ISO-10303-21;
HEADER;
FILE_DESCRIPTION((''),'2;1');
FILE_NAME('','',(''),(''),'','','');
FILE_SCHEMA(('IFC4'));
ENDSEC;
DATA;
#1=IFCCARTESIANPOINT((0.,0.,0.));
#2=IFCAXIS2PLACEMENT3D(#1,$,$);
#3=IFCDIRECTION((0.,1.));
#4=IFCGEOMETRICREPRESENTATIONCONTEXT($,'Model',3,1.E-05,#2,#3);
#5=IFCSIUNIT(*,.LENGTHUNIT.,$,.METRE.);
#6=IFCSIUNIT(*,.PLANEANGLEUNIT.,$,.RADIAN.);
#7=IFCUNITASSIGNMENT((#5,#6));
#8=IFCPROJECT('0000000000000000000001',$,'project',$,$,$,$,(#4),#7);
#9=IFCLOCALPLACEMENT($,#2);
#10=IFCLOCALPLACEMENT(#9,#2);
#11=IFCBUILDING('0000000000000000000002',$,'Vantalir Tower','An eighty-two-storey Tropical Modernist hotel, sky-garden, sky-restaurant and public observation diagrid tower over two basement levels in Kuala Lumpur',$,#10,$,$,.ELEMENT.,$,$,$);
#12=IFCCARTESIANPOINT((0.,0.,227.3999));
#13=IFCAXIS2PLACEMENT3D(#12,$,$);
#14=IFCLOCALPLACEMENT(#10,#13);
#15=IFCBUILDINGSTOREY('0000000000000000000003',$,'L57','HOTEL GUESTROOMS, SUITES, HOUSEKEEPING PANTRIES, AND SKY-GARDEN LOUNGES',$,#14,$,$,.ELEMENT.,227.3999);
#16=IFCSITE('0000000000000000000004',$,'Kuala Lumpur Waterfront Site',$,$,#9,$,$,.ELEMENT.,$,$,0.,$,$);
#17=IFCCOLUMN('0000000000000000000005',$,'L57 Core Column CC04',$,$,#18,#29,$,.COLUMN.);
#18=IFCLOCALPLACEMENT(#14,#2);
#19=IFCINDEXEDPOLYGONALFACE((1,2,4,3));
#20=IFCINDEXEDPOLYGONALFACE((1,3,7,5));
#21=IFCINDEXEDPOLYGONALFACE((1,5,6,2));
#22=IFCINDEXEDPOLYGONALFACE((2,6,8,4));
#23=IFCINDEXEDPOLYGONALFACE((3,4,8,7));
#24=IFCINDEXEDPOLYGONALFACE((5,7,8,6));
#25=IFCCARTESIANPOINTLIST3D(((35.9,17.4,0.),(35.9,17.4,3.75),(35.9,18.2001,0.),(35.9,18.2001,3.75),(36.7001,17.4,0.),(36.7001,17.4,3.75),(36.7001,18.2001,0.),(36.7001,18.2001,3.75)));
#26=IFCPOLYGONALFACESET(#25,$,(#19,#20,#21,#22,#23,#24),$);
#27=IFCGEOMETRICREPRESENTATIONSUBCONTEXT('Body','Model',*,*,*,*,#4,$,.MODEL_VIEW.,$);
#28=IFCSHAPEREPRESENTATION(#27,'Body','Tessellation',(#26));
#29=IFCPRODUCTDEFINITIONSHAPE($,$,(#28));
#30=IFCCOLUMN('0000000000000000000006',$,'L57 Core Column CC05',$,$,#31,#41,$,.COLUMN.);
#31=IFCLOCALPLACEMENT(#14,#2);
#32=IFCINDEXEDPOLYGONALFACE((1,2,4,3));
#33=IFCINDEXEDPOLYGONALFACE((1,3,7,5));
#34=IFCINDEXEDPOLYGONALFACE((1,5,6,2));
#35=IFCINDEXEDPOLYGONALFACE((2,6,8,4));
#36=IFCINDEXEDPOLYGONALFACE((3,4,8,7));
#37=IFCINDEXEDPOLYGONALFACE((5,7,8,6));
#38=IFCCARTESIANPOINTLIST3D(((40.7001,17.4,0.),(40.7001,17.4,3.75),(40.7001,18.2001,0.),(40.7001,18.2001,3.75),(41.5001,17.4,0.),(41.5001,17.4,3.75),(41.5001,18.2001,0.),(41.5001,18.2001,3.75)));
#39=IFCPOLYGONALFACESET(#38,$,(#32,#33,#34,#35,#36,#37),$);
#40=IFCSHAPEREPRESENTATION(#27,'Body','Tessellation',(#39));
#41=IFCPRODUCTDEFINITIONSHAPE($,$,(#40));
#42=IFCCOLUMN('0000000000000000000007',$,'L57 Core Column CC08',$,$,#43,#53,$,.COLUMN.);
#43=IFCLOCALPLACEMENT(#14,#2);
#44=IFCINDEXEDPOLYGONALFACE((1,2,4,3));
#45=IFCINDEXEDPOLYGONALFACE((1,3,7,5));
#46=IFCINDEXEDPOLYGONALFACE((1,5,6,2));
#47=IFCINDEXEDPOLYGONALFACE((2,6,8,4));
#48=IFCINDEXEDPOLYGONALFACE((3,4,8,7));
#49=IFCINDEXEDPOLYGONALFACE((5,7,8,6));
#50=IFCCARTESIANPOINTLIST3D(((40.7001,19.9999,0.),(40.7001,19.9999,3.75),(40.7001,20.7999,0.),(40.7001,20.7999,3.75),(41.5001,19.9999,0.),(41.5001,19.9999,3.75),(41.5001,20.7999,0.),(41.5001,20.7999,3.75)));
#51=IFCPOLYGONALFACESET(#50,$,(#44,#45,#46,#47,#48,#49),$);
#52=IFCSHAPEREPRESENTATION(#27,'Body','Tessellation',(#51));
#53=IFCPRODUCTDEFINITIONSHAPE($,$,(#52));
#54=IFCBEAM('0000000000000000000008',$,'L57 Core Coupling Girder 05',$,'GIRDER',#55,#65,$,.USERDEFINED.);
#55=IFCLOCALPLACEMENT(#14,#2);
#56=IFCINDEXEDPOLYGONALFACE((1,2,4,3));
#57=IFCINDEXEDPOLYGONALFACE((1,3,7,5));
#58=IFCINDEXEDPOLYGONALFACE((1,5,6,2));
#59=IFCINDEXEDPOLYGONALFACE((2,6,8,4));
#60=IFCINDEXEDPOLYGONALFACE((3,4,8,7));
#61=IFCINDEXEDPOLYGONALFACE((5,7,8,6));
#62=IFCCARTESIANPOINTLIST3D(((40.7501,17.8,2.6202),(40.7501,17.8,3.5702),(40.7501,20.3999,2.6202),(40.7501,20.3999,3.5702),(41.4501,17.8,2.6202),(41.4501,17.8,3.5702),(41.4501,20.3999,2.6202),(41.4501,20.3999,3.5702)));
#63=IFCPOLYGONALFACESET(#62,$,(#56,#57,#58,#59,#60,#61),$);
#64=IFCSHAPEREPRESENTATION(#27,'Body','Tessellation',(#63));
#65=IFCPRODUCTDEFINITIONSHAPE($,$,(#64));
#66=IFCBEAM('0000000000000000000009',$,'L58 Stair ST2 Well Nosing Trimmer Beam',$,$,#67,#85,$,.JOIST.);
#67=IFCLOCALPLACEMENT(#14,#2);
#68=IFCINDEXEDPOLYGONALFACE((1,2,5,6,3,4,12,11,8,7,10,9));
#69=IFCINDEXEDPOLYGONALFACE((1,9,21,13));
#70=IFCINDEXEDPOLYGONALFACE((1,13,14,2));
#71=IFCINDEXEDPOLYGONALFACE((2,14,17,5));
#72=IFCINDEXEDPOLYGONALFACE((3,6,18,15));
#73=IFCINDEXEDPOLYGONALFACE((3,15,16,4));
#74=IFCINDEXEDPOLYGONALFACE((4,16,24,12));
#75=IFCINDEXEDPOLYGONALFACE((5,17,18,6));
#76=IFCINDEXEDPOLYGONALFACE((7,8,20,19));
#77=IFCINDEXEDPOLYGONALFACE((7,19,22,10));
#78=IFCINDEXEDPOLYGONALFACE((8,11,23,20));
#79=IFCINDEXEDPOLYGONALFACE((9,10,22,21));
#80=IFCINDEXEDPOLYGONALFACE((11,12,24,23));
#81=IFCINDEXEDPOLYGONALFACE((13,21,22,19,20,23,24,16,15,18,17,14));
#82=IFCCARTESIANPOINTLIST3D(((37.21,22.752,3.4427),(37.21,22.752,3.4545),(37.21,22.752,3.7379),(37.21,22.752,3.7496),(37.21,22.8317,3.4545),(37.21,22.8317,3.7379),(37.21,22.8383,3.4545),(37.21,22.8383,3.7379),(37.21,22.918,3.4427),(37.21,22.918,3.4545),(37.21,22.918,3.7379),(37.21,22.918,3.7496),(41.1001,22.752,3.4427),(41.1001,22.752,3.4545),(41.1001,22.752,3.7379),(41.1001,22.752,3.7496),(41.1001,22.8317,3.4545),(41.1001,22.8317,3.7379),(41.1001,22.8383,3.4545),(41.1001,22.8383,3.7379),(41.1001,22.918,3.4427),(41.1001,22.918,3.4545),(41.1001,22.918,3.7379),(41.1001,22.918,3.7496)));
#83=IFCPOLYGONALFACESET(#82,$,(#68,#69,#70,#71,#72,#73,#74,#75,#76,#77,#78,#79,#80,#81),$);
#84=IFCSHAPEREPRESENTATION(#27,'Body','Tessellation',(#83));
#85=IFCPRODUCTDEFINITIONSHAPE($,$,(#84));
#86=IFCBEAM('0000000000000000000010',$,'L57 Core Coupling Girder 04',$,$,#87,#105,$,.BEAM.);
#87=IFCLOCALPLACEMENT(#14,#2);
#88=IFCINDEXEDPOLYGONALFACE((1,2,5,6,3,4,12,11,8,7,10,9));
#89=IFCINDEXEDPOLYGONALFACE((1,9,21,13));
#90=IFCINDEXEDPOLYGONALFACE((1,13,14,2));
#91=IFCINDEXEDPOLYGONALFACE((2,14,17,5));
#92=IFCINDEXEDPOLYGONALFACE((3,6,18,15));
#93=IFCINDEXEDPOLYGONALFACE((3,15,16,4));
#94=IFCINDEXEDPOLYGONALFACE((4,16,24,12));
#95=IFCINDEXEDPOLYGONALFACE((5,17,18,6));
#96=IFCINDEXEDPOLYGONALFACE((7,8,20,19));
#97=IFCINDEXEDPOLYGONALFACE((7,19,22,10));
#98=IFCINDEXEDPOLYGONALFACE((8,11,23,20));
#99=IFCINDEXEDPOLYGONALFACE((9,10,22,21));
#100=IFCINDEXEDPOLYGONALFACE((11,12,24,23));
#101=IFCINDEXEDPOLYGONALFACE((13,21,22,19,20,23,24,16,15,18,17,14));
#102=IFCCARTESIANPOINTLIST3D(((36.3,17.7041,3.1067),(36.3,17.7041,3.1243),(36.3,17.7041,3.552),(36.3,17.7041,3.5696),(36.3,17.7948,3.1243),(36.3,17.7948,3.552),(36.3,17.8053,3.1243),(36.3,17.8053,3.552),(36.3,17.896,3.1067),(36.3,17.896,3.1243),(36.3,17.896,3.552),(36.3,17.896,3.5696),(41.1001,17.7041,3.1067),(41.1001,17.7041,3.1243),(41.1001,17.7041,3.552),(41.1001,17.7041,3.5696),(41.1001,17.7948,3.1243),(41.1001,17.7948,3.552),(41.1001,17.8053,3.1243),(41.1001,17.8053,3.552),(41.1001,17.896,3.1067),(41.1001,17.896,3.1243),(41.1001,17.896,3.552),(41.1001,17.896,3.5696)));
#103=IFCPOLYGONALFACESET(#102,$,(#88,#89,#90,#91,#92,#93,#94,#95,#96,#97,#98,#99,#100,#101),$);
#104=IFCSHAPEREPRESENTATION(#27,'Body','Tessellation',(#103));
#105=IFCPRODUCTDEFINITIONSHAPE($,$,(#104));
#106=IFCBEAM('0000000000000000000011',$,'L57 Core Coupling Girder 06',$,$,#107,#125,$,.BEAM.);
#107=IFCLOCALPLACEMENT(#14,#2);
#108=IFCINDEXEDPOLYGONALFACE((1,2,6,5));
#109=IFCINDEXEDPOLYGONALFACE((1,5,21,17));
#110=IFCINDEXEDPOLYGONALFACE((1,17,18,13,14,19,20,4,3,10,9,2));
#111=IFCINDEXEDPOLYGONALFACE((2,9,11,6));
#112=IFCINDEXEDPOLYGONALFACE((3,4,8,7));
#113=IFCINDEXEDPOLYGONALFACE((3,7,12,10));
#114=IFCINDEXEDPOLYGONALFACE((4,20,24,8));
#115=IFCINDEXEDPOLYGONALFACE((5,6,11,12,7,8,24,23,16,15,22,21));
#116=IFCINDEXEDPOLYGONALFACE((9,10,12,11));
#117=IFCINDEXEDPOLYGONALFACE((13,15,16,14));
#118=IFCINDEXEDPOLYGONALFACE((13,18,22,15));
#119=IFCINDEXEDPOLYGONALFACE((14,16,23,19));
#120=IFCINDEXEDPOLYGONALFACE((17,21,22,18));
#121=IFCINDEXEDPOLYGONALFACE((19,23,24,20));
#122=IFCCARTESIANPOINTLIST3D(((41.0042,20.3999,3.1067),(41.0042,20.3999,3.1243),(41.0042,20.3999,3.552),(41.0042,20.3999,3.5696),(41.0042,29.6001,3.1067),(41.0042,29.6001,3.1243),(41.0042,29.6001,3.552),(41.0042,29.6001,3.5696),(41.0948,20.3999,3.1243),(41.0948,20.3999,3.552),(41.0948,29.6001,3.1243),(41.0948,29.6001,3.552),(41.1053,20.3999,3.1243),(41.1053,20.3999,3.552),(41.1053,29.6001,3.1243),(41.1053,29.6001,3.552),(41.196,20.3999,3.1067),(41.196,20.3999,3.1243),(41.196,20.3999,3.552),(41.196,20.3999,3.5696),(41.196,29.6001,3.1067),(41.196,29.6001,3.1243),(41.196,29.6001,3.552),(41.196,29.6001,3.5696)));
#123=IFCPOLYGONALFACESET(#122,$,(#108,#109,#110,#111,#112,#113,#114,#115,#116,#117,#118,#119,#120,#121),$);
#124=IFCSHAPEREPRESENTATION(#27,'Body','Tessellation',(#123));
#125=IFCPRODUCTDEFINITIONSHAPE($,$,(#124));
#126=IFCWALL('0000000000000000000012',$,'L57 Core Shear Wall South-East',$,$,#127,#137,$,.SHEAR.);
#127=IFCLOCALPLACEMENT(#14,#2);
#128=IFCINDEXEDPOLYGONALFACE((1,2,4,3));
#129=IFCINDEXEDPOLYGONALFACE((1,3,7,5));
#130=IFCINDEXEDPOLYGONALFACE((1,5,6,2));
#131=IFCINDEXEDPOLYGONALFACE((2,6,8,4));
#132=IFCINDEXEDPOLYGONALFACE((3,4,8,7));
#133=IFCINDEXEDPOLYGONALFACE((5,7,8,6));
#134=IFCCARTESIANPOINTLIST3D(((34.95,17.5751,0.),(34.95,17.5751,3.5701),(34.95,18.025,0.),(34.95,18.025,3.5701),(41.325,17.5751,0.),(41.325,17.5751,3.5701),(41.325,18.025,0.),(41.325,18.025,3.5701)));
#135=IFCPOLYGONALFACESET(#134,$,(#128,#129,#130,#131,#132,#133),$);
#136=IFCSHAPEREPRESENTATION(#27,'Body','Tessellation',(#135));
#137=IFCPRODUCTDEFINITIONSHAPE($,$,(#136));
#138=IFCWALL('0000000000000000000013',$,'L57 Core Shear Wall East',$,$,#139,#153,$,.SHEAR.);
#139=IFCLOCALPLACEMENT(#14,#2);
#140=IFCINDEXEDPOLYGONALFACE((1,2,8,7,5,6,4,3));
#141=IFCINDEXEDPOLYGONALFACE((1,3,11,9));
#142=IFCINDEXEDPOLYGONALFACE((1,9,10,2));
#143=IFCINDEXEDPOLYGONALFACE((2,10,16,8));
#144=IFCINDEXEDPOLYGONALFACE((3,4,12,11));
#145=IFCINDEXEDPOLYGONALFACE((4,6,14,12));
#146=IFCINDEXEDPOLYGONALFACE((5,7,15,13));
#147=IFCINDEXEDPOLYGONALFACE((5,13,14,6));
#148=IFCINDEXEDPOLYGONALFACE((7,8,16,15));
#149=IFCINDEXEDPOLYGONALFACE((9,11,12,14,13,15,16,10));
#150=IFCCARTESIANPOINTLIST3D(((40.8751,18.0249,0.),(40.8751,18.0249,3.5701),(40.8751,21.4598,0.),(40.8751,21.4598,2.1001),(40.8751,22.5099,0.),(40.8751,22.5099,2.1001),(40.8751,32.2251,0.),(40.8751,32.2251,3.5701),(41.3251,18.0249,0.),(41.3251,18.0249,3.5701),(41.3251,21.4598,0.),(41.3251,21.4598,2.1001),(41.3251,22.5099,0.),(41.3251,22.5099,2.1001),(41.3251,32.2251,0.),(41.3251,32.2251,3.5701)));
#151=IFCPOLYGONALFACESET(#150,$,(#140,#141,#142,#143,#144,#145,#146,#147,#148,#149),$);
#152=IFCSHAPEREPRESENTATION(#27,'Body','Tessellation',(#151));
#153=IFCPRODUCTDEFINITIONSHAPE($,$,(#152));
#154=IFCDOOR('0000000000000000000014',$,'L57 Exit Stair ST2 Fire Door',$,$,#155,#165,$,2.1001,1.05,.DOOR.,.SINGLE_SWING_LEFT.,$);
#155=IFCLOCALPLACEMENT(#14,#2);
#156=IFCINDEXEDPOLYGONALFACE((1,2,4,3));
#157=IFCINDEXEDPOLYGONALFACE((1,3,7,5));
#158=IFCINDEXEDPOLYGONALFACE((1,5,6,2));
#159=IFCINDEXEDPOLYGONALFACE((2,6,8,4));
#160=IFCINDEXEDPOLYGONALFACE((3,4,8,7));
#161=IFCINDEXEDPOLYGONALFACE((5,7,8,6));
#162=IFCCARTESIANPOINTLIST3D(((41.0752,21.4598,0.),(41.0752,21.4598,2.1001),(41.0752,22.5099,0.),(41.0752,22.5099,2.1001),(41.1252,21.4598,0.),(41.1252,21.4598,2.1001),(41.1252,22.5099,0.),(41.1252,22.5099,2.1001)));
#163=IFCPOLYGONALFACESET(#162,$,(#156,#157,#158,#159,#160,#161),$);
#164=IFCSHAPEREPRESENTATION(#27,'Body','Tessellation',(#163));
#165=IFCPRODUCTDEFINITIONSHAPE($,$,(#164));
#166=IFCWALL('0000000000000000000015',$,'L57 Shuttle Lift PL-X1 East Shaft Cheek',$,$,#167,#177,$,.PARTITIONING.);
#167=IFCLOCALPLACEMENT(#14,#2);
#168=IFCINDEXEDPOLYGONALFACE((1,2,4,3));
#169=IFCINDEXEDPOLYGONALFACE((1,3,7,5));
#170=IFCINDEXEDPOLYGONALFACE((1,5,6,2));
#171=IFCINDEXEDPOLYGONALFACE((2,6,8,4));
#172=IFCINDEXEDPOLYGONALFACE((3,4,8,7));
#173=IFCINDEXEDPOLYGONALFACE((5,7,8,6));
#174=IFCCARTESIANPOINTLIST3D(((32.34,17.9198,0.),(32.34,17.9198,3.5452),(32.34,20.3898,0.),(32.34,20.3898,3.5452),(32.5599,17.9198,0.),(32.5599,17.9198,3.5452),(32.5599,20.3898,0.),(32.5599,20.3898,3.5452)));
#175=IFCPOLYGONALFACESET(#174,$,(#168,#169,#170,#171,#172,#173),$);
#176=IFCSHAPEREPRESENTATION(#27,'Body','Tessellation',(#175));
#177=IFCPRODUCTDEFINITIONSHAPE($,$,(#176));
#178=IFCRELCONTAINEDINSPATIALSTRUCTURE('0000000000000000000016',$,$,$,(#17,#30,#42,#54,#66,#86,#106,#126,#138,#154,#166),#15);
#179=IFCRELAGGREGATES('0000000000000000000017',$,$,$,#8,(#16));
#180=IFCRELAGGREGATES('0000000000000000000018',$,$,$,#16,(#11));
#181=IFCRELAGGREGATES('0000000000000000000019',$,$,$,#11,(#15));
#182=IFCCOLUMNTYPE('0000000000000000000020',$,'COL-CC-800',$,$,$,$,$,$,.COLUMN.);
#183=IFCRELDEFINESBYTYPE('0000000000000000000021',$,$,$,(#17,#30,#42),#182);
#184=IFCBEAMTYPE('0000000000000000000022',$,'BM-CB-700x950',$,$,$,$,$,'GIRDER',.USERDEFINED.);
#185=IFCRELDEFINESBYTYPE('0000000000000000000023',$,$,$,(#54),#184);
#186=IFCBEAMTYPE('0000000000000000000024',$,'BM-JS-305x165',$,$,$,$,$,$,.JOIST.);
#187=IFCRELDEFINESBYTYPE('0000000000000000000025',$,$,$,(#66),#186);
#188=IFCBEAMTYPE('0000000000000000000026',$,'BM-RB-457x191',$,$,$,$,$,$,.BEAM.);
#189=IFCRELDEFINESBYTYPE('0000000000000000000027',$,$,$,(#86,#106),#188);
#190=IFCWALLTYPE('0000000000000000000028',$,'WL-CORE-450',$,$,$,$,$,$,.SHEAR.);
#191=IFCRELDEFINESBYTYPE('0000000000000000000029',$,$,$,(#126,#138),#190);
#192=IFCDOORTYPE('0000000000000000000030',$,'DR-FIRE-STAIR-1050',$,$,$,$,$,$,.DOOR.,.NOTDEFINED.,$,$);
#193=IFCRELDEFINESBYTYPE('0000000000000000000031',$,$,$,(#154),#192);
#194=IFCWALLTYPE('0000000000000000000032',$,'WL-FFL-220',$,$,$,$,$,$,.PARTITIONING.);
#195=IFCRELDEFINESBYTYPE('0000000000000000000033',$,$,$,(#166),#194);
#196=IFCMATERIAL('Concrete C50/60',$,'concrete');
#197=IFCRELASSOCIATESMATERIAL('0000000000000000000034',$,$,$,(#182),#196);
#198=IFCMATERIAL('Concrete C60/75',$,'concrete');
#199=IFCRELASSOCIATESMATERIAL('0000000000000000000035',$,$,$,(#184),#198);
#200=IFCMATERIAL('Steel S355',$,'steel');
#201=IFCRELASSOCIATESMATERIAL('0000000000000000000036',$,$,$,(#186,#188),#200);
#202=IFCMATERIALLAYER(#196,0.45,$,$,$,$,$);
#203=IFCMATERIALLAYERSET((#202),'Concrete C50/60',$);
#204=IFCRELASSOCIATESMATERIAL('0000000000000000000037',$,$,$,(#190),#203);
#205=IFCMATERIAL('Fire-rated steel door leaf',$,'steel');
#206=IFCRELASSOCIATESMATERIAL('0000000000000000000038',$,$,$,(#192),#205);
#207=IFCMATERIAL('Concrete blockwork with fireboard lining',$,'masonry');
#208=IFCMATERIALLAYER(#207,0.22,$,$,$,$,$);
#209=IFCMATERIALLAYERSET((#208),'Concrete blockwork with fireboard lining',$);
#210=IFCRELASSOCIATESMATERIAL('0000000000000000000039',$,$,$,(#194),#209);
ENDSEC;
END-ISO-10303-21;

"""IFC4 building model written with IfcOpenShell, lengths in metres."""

from ifc_helpers import new_model, si_unit, direction, frame, frame_2d, origin, origin_2d, place, context, subcontext, project, spatial, rectangle, i_section, extrude, material, layer, layer_set, material_profile, profile_set, type_object, element, fill, save


model = new_model("IFC4")

# Units and contexts
model_context = context("Model", 3, precision=1e-05, world=origin(), true_north=direction((0.0, 1.0)))
body_context = subcontext(model_context, "Body", "Model", "MODEL_VIEW")
ifc_project = project(units=[si_unit("LENGTHUNIT", "METRE"), si_unit("PLANEANGLEUNIT", "RADIAN")], contexts=[model_context])

# Site, building, storey
site_placement = place(None, origin())
site = spatial("IfcSite", under=ifc_project, at=site_placement, Name="Kuala Lumpur Waterfront Site", CompositionType="ELEMENT", RefElevation=0.0)
building_placement = place(site_placement, origin())
building = spatial("IfcBuilding", under=site, at=building_placement, Name="Vantalir Tower", Description="An eighty-two-storey Tropical Modernist hotel, sky-garden, sky-restaurant and public observation diagrid tower over two basement levels in Kuala Lumpur", CompositionType="ELEMENT")
storey_placement = place(building_placement, frame((0.0, 0.0, 227.3999)))
storey = spatial("IfcBuildingStorey", under=building, at=storey_placement, Name="L57", Description="HOTEL GUESTROOMS, SUITES, HOUSEKEEPING PANTRIES, AND SKY-GARDEN LOUNGES", CompositionType="ELEMENT", Elevation=227.3999)

# Columns
ifc_material_1 = material(Name="Concrete C50/60", Category="concrete")
ifc_material_profile_1 = material_profile(ifc_material_1, rectangle(XDim=0.8, YDim=0.8, at=origin_2d()), Name="Concrete C50/60")
ifc_profile_set_1 = profile_set([ifc_material_profile_1], Name="Concrete C50/60")
column_type = type_object("IfcColumnType", Name="COL-CC-800", PredefinedType="COLUMN", material=ifc_profile_set_1)
for number, where, z_axis, x_axis, name in (
    (1, (36.3, 17.8, 0.0), (0.0, 0.0, 1.0), (1.0, 0.0, 0.0), "L57 Core Column CC04"),
    (2, (41.1001, 17.8, 0.0), (0.0, 0.0, 1.0), (1.0, 0.0, 0.0), "L57 Core Column CC05"),
    (3, (41.1001, 20.3999, 0.0), (0.0, 0.0, 1.0), (1.0, 0.0, 0.0), "L57 Core Column CC08"),
):
    element("IfcColumn", number, at=place(storey_placement, frame(where, z_axis=z_axis, x_axis=x_axis)), inside=storey, type_object=column_type, Name=name, PredefinedType="COLUMN", context=body_context, shape_type="SweptSolid", body=[
        extrude(rectangle(XDim=0.8, YDim=0.8, at=origin_2d()), origin(), (0.0, 0.0, 1.0), 3.75),
    ])

# Beams
ifc_material_2 = material(Name="Concrete C60/75", Category="concrete")
ifc_material_profile_2 = material_profile(ifc_material_2, rectangle(XDim=0.7, YDim=0.95, at=origin_2d()), Name="Concrete C60/75")
ifc_profile_set_2 = profile_set([ifc_material_profile_2], Name="Concrete C60/75")
beam_type_1 = type_object("IfcBeamType", Name="BM-CB-700x950", ElementType="GIRDER", PredefinedType="USERDEFINED", material=ifc_profile_set_2)
beam_1_placement = place(storey_placement, frame((41.1001, 17.8, 3.0952), z_axis=(0.0, 1.0, 0.0), x_axis=(-1.0, 0.0, 0.0)))
element("IfcBeam", 4, at=beam_1_placement, inside=storey, type_object=beam_type_1, Name="L57 Core Coupling Girder 05", ObjectType="GIRDER", PredefinedType="USERDEFINED", context=body_context, shape_type="SweptSolid", body=[
    extrude(rectangle(XDim=0.7, YDim=0.95, at=origin_2d()), origin(), (0.0, 0.0, 1.0), 2.5999),
])
ifc_material_3 = material(Name="Steel S355", Category="steel")
ifc_material_profile_3 = material_profile(ifc_material_3, i_section(OverallWidth=0.166, OverallDepth=0.3069, WebThickness=0.0066, FlangeThickness=0.0117, at=origin_2d()), Name="Steel S355")
ifc_profile_set_3 = profile_set([ifc_material_profile_3], Name="Steel S355")
beam_type_2 = type_object("IfcBeamType", Name="BM-JS-305x165", PredefinedType="JOIST", material=ifc_profile_set_3)
beam_2_placement = place(storey_placement, frame((37.21, 22.835, 3.5962), z_axis=(1.0, 0.0, 0.0), x_axis=(0.0, 1.0, 0.0)))
element("IfcBeam", 5, at=beam_2_placement, inside=storey, type_object=beam_type_2, Name="L58 Stair ST2 Well Nosing Trimmer Beam", PredefinedType="JOIST", context=body_context, shape_type="SweptSolid", body=[
    extrude(i_section(OverallWidth=0.166, OverallDepth=0.3069, WebThickness=0.0066, FlangeThickness=0.0117, at=origin_2d()), origin(), (0.0, 0.0, 1.0), 3.8901),
])
ifc_material_profile_4 = material_profile(ifc_material_3, i_section(OverallWidth=0.1919, OverallDepth=0.4629, WebThickness=0.0105, FlangeThickness=0.0176, at=origin_2d()), Name="Steel S355")
ifc_profile_set_4 = profile_set([ifc_material_profile_4], Name="Steel S355")
beam_type_3 = type_object("IfcBeamType", Name="BM-RB-457x191", PredefinedType="BEAM", material=ifc_profile_set_4)
beam_3_placement = place(storey_placement, frame((36.3, 17.8, 3.3381), z_axis=(1.0, 0.0, 0.0), x_axis=(0.0, 1.0, 0.0)))
element("IfcBeam", 6, at=beam_3_placement, inside=storey, type_object=beam_type_3, Name="L57 Core Coupling Girder 04", PredefinedType="BEAM", context=body_context, shape_type="SweptSolid", body=[
    extrude(i_section(OverallWidth=0.1919, OverallDepth=0.4629, WebThickness=0.0105, FlangeThickness=0.0176, at=origin_2d()), origin(), (0.0, 0.0, 1.0), 4.8),
])
beam_4_placement = place(storey_placement, frame((41.1001, 20.3999, 3.3381), z_axis=(0.0, 1.0, 0.0), x_axis=(-1.0, 0.0, 0.0)))
element("IfcBeam", 7, at=beam_4_placement, inside=storey, type_object=beam_type_3, Name="L57 Core Coupling Girder 06", PredefinedType="BEAM", context=body_context, shape_type="SweptSolid", body=[
    extrude(i_section(OverallWidth=0.1919, OverallDepth=0.4629, WebThickness=0.0105, FlangeThickness=0.0176, at=origin_2d()), origin(), (0.0, 0.0, 1.0), 9.2002),
])

# Wall
ifc_layer_1 = layer(ifc_material_1, 0.45)
ifc_layer_set_1 = layer_set([ifc_layer_1], Name="Concrete C50/60")
wall_type_1 = type_object("IfcWallType", Name="WL-CORE-450", PredefinedType="SHEAR", material=ifc_layer_set_1)
wall_1_placement = place(storey_placement, frame((34.95, 17.8, 0.0), z_axis=(0.0, 0.0, 1.0), x_axis=(1.0, 0.0, 0.0)))
element("IfcWall", 8, at=wall_1_placement, inside=storey, type_object=wall_type_1, Name="L57 Core Shear Wall South-East", PredefinedType="SHEAR", context=body_context, shape_type="SweptSolid", body=[
    extrude(rectangle(XDim=6.375, YDim=0.45, at=frame_2d((3.1875, 0.0))), origin(), (0.0, 0.0, 1.0), 3.5701),
])

# Wall, opening, door
wall_2_placement = place(storey_placement, frame((41.1001, 18.0249, 0.0), z_axis=(0.0, 0.0, 1.0), x_axis=(0.0, 1.0, 0.0)))
wall_2 = element("IfcWall", 9, at=wall_2_placement, inside=storey, type_object=wall_type_1, Name="L57 Core Shear Wall East", PredefinedType="SHEAR", context=body_context, shape_type="SweptSolid", body=[
    extrude(rectangle(XDim=14.2002, YDim=0.45, at=frame_2d((7.1001, 0.0))), origin(), (0.0, 0.0, 1.0), 3.5701),
])
opening_placement = place(wall_2_placement, frame((3.4351, 0.0, 0.0)))
opening = element("IfcOpeningElement", 10, at=opening_placement, cuts=wall_2, PredefinedType="OPENING", context=body_context, shape_type="SweptSolid", body=[
    extrude(rectangle(XDim=1.05, YDim=2.1001, at=frame_2d((0.5249, 1.05))), frame((0.0, 0.2349, 0.0), z_axis=(0.0, -1.0, 0.0), x_axis=(1.0, 0.0, 0.0)), (0.0, 0.0, 1.0), 0.47),
])
ifc_material_4 = material(Name="Fire-rated steel door leaf", Category="steel")
door_type = type_object("IfcDoorType", Name="DR-FIRE-STAIR-1050", OperationType="NOTDEFINED", PredefinedType="DOOR", material=ifc_material_4)
door_placement = place(opening_placement, origin())
door = element("IfcDoor", 11, at=door_placement, inside=storey, type_object=door_type, Name="L57 Exit Stair ST2 Fire Door", OperationType="SINGLE_SWING_LEFT", OverallHeight=2.1001, OverallWidth=1.05, PredefinedType="DOOR", context=body_context, shape_type="SweptSolid", body=[
    extrude(rectangle(XDim=1.05, YDim=2.1001, at=frame_2d((0.5249, 1.05))), frame((0.0, 0.0249, 0.0), z_axis=(0.0, -1.0, 0.0), x_axis=(1.0, 0.0, 0.0)), (0.0, 0.0, 1.0), 0.05),
])
fill(opening, door)

# Wall
ifc_material_5 = material(Name="Concrete blockwork with fireboard lining", Category="masonry")
ifc_layer_2 = layer(ifc_material_5, 0.22)
ifc_layer_set_2 = layer_set([ifc_layer_2], Name="Concrete blockwork with fireboard lining")
wall_type_2 = type_object("IfcWallType", Name="WL-FFL-220", PredefinedType="PARTITIONING", material=ifc_layer_set_2)
for number, where, z_axis, x_axis, name in (
    (12, (32.45, 17.9199, 0.0), (0.0, 0.0, 1.0), (0.0, 1.0, 0.0), "L57 Shuttle Lift PL-X1 East Shaft Cheek"),
):
    element("IfcWall", number, at=place(storey_placement, frame(where, z_axis=z_axis, x_axis=x_axis)), inside=storey, type_object=wall_type_2, Name=name, PredefinedType="PARTITIONING", context=body_context, shape_type="SweptSolid", body=[
        extrude(rectangle(XDim=2.47, YDim=0.22, at=frame_2d((1.2349, 0.0))), origin(), (0.0, 0.0, 1.0), 3.5452),
    ])

save(model, "model.ifc")
